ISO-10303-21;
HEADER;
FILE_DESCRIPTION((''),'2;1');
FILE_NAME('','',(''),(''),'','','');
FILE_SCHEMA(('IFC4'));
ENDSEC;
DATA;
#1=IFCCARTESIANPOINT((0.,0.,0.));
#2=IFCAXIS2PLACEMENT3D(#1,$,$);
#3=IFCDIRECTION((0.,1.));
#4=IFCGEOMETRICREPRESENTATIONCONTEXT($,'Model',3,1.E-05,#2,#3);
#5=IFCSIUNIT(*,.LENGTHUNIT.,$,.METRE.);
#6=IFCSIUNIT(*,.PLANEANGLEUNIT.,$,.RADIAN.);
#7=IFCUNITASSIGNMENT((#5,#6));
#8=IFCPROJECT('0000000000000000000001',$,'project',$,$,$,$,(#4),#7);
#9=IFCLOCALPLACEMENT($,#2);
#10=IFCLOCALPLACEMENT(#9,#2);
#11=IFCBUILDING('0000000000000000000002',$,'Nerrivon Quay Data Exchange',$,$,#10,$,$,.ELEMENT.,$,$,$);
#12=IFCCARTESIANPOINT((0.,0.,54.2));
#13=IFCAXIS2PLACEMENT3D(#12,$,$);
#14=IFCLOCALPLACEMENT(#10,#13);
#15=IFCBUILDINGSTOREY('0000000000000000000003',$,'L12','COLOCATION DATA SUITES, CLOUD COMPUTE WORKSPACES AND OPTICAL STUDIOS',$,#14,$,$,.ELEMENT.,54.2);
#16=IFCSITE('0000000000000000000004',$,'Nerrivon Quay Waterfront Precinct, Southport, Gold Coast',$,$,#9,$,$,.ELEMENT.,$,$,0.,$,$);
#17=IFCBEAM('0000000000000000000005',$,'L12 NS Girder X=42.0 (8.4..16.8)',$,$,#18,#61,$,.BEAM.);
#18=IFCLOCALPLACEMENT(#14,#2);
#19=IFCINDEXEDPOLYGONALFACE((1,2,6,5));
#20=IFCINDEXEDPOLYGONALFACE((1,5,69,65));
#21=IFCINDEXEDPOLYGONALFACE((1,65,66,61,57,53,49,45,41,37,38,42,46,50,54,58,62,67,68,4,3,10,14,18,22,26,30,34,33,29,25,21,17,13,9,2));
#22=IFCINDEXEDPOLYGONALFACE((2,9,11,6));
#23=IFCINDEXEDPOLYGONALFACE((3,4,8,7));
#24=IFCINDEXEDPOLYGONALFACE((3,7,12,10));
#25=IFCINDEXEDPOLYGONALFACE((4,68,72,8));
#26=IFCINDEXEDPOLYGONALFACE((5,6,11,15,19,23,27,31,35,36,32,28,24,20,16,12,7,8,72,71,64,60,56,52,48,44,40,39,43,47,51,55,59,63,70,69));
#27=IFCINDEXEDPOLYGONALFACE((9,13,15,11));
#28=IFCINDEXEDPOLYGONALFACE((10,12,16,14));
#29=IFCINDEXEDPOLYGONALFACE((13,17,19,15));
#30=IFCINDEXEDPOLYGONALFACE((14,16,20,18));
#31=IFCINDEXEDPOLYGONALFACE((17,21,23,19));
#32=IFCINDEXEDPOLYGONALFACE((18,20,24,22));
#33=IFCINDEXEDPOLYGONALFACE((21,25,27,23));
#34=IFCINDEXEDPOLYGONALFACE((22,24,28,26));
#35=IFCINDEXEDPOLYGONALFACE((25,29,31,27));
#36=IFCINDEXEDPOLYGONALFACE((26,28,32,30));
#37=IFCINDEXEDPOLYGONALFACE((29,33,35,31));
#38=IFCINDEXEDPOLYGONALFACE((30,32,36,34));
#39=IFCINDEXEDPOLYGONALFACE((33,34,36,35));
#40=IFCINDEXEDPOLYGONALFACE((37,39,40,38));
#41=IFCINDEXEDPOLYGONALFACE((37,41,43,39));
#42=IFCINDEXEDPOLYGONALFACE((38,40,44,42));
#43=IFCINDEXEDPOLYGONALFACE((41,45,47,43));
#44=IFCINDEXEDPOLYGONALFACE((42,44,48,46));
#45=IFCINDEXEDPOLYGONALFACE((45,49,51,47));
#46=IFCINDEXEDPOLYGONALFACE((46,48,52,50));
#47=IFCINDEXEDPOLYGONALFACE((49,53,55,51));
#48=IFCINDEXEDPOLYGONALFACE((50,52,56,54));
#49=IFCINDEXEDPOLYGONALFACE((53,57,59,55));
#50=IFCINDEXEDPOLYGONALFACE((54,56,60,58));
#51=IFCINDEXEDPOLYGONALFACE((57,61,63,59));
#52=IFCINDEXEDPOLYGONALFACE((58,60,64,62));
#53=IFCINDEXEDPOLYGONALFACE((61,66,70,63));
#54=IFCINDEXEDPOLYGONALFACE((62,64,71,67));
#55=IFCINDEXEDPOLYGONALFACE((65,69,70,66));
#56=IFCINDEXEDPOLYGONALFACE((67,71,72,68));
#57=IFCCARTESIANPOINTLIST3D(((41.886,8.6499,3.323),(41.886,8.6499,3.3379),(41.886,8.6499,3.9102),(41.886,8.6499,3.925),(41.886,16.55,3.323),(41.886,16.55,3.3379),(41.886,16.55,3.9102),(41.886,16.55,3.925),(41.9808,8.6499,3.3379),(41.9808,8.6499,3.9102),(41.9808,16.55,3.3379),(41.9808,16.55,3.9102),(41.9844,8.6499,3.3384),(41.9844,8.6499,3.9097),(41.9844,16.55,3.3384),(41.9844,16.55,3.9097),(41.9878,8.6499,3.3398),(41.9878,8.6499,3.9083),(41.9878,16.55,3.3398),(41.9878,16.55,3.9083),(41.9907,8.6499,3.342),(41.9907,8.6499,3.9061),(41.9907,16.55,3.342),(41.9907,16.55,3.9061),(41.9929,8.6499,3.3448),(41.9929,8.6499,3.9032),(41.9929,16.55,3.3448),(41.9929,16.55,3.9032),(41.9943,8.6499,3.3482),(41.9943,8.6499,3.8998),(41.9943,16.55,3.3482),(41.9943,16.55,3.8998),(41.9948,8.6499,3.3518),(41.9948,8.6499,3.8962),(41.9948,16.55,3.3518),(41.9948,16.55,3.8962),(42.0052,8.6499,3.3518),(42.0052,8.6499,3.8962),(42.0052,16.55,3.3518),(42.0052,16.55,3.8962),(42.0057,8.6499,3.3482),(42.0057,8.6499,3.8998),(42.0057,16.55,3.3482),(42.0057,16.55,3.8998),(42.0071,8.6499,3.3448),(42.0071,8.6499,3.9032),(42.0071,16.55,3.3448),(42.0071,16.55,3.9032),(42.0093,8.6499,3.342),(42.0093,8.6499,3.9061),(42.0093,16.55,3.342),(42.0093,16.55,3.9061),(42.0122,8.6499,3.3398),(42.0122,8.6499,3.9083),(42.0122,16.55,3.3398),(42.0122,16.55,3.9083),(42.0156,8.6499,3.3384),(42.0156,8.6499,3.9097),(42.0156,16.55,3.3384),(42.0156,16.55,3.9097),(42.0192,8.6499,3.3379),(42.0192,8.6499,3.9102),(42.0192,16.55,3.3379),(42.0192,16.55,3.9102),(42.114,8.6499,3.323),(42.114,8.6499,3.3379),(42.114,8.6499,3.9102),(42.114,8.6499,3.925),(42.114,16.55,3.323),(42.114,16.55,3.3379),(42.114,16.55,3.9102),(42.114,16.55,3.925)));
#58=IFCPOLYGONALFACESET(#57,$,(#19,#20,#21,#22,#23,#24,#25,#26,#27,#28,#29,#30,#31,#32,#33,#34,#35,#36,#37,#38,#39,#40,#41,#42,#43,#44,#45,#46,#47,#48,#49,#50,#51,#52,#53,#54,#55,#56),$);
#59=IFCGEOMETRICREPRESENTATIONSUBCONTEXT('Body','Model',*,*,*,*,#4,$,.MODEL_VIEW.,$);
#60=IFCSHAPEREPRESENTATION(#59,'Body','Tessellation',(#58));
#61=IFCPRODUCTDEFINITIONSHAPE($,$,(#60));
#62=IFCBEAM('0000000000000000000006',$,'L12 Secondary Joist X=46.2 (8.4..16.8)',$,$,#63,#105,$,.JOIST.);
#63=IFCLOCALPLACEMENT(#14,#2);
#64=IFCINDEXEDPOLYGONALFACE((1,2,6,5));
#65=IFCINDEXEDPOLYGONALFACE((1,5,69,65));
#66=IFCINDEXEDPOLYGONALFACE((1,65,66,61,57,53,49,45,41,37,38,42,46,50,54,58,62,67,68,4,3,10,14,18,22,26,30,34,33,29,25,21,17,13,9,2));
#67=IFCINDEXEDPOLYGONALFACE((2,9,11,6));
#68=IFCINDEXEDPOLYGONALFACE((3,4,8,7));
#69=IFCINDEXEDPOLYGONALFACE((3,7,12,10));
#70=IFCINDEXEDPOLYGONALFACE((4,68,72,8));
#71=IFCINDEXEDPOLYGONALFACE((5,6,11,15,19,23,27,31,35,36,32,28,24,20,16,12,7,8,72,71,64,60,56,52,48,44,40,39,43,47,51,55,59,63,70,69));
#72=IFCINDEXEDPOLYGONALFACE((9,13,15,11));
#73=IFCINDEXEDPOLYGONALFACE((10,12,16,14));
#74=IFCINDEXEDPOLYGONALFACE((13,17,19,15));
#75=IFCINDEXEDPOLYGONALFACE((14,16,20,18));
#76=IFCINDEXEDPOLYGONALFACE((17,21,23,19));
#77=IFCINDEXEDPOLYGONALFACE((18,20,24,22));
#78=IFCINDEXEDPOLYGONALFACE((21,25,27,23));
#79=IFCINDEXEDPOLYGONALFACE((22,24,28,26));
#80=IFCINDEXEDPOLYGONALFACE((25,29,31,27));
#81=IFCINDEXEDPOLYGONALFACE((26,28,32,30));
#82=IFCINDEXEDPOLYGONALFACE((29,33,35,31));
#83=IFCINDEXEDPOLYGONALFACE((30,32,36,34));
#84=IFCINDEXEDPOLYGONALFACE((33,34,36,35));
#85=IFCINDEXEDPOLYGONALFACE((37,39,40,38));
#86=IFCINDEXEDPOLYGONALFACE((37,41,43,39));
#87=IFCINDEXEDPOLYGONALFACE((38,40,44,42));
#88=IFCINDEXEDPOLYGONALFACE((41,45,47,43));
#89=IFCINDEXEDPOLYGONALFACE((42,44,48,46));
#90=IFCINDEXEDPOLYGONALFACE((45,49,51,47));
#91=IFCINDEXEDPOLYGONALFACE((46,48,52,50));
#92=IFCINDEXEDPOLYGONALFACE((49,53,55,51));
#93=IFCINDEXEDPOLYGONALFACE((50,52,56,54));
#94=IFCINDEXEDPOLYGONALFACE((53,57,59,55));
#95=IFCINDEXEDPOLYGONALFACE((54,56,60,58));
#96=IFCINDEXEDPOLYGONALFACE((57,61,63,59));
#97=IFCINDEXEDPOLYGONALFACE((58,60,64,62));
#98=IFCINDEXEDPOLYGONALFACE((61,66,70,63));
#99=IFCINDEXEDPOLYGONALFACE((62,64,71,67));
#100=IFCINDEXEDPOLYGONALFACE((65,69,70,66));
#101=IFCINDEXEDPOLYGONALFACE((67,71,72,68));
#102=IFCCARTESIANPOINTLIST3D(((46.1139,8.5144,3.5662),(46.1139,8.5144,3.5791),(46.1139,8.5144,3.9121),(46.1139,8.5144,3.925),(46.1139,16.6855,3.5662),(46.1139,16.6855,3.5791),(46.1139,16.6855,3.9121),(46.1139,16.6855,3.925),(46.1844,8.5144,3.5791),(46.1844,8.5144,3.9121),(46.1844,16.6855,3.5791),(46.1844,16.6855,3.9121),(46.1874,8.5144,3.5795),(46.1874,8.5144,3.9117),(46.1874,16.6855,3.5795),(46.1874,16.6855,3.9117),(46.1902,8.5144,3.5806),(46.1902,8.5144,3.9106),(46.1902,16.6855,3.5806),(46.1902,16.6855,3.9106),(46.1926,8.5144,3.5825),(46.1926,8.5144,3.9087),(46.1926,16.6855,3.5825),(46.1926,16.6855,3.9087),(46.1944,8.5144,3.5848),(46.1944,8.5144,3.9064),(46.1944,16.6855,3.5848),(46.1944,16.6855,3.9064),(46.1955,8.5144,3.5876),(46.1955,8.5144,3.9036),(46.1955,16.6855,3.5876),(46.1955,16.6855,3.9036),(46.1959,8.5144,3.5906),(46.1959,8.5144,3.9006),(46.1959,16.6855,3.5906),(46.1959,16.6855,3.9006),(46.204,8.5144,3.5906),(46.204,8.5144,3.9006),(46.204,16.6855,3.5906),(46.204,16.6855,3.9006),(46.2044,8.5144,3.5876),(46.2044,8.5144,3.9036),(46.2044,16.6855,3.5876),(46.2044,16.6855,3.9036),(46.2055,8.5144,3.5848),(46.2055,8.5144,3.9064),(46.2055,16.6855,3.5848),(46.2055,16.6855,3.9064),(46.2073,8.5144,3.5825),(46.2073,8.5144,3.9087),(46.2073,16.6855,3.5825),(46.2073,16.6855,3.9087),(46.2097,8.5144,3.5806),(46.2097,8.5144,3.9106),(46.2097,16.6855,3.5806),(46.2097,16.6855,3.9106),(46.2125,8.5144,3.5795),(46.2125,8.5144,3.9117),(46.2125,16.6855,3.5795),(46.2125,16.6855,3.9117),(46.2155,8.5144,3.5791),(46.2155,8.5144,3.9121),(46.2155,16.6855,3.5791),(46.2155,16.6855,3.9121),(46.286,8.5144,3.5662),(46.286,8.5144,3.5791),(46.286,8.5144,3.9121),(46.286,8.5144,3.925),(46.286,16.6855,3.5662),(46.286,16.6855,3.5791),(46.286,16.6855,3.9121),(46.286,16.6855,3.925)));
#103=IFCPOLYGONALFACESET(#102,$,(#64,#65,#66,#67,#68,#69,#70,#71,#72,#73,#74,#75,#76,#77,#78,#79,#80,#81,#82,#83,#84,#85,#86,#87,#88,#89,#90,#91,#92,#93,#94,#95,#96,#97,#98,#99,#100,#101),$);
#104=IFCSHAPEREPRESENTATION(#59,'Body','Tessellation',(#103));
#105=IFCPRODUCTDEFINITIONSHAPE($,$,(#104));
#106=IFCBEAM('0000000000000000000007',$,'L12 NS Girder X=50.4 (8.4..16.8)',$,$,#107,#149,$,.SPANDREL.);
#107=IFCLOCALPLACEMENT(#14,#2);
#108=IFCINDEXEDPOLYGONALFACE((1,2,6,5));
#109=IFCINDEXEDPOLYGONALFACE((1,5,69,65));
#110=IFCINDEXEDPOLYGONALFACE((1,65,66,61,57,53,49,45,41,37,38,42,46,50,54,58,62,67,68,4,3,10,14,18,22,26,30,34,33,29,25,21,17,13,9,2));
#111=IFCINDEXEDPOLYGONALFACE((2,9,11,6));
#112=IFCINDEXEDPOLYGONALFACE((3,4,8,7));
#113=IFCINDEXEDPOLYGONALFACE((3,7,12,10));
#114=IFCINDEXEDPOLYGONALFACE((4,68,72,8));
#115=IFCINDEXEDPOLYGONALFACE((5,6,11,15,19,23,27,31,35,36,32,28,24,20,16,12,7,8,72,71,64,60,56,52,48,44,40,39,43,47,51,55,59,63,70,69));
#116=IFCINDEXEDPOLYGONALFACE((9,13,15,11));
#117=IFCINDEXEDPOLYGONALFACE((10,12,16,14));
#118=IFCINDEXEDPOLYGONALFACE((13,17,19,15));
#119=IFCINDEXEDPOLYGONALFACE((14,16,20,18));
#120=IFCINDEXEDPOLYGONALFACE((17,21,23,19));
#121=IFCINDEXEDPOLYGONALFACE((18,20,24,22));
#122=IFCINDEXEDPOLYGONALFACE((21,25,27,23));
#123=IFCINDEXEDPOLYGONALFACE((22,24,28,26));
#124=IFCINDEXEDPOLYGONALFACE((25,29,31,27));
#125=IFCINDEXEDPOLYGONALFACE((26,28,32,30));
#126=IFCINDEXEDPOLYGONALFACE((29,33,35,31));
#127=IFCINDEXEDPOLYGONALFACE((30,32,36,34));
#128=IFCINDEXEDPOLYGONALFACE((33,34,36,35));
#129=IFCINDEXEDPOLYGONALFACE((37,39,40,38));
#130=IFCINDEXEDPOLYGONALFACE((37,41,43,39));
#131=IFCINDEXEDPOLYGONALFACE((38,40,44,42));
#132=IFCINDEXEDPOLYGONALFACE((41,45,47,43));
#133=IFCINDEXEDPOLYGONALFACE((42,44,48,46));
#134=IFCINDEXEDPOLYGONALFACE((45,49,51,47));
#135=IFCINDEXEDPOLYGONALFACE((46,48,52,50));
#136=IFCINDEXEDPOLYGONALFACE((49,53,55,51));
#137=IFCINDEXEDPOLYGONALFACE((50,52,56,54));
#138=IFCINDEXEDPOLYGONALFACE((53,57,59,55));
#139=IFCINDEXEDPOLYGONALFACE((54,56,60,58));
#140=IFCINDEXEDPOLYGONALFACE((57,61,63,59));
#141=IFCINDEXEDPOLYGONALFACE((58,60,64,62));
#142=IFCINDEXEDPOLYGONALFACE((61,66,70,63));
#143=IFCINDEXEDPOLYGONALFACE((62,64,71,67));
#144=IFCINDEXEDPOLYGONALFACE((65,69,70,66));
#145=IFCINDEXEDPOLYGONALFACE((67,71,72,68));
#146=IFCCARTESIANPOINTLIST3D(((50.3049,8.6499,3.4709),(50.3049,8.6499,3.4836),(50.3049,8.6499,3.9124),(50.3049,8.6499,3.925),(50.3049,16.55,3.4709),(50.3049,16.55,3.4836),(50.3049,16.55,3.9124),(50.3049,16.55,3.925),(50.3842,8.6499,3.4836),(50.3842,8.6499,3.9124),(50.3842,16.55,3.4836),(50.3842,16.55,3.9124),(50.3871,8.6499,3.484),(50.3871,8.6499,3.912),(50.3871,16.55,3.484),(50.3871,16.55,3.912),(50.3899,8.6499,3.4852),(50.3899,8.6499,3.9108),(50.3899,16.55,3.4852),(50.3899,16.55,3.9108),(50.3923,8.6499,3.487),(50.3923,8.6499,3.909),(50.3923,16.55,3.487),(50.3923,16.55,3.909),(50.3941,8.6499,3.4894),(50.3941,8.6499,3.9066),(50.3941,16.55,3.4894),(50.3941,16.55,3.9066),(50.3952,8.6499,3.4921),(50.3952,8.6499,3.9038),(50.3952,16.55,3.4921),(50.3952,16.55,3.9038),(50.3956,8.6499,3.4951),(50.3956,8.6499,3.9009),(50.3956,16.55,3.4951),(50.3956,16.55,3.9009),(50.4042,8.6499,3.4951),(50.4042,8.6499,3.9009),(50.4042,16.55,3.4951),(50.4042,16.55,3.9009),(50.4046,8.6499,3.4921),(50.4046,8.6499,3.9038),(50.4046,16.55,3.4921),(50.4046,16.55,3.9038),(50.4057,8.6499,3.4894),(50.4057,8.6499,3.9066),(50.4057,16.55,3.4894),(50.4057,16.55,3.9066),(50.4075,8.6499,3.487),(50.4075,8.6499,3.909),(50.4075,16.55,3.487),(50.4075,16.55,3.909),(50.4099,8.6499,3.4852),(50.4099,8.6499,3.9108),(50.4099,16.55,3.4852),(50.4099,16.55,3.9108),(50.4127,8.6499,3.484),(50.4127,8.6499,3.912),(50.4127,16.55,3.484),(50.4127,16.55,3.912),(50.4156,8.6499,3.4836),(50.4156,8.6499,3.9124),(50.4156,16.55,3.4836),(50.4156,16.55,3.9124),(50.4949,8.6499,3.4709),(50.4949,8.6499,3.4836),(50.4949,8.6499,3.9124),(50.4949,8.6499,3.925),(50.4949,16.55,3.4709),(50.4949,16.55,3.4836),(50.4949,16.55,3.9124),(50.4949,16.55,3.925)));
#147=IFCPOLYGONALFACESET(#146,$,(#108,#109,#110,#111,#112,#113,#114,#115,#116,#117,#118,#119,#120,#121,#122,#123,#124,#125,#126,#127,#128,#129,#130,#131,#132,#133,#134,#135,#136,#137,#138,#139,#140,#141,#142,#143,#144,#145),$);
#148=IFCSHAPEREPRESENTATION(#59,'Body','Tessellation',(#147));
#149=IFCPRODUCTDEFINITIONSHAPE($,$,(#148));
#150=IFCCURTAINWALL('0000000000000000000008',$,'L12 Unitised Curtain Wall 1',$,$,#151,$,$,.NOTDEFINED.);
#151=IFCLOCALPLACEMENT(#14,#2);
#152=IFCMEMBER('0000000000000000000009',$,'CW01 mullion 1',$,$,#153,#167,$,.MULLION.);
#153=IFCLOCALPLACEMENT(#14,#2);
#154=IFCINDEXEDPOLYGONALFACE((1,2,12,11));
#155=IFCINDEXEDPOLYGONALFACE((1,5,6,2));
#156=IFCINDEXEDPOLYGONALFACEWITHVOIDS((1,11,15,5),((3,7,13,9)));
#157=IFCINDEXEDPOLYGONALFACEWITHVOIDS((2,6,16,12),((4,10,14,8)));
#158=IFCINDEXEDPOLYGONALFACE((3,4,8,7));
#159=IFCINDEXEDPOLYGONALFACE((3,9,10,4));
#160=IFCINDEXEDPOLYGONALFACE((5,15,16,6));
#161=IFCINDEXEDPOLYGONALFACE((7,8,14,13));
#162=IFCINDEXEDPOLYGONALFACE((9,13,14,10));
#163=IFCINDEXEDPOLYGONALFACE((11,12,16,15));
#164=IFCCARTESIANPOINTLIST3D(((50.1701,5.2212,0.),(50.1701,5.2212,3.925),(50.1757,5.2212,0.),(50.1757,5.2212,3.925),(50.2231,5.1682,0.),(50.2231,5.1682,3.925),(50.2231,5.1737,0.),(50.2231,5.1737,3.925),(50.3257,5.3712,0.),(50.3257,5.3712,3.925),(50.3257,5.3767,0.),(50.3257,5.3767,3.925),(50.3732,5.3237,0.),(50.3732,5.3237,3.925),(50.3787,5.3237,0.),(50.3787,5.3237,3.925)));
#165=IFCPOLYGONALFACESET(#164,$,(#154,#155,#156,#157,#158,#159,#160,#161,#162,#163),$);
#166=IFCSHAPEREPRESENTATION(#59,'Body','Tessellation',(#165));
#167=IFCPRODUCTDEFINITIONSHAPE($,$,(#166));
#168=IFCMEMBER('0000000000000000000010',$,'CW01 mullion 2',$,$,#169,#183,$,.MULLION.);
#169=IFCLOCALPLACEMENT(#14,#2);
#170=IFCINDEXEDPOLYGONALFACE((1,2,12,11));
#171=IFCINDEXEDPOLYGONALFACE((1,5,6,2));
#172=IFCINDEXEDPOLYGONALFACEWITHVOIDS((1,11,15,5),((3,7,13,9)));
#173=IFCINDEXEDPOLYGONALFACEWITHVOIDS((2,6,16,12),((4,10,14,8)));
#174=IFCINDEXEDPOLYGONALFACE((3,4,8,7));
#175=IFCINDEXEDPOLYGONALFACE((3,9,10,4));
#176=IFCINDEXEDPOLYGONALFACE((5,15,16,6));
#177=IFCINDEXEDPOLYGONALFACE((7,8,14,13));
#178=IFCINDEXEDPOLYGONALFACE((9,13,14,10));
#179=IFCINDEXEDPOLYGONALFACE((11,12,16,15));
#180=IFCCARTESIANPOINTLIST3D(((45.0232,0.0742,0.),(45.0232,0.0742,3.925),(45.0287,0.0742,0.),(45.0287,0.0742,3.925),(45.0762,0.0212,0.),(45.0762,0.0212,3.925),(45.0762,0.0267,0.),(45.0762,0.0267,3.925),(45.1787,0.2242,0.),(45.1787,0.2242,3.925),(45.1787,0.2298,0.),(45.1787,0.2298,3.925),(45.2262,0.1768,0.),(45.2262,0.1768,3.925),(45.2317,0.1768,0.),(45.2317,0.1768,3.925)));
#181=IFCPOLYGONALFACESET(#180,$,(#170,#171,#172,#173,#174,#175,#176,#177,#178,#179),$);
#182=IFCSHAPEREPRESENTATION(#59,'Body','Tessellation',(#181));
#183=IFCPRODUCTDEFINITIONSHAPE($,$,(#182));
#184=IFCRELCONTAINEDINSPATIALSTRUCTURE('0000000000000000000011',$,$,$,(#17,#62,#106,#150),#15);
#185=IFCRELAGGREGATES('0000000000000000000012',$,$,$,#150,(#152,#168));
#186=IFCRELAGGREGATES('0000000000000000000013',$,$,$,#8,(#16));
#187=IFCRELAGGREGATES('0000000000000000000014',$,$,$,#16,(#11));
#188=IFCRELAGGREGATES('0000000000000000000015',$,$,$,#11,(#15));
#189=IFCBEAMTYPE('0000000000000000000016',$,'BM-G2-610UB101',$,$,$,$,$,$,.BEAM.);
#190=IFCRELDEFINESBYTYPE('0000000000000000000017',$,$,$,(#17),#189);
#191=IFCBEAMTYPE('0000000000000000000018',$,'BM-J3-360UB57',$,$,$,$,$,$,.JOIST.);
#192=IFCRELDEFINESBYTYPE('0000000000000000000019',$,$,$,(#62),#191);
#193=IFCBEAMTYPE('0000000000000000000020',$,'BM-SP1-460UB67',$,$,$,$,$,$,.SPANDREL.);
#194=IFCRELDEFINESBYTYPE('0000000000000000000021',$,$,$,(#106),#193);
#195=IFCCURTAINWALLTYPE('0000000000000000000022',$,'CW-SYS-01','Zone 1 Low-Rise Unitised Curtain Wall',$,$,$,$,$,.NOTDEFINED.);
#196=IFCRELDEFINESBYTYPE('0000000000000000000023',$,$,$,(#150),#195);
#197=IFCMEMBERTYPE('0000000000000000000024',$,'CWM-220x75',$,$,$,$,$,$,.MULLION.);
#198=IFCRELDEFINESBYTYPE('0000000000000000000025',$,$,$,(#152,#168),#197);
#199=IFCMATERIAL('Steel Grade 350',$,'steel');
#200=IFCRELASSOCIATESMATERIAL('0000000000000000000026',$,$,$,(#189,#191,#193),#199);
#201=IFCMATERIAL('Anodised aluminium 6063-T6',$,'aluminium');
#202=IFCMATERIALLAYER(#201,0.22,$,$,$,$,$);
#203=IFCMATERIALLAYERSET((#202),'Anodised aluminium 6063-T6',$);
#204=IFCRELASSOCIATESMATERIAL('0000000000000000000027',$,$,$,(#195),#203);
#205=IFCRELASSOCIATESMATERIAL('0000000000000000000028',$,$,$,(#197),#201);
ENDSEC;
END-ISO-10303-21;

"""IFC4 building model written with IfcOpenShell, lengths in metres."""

from ifc_helpers import new_model, si_unit, direction, frame, origin, origin_2d, place, context, subcontext, project, spatial, hollow_rectangle, i_section, extrude, material, layer, layer_set, material_profile, profile_set, type_object, element, aggregate, save


model = new_model("IFC4")

# Units and contexts
model_context = context("Model", 3, precision=1e-05, world=origin(), true_north=direction((0.0, 1.0)))
body_context = subcontext(model_context, "Body", "Model", "MODEL_VIEW")
ifc_project = project(units=[si_unit("LENGTHUNIT", "METRE"), si_unit("PLANEANGLEUNIT", "RADIAN")], contexts=[model_context])

# Site, building, storey
site_placement = place(None, origin())
site = spatial("IfcSite", under=ifc_project, at=site_placement, Name="Nerrivon Quay Waterfront Precinct, Southport, Gold Coast", CompositionType="ELEMENT", RefElevation=0.0)
building_placement = place(site_placement, origin())
building = spatial("IfcBuilding", under=site, at=building_placement, Name="Nerrivon Quay Data Exchange", CompositionType="ELEMENT")
storey_placement = place(building_placement, frame((0.0, 0.0, 54.2)))
storey = spatial("IfcBuildingStorey", under=building, at=storey_placement, Name="L12", Description="COLOCATION DATA SUITES, CLOUD COMPUTE WORKSPACES AND OPTICAL STUDIOS", CompositionType="ELEMENT", Elevation=54.2)

# Shared definitions
ifc_material_1 = material(Name="Steel Grade 350", Category="steel")

# Beams
ifc_material_profile_1 = material_profile(ifc_material_1, i_section(OverallWidth=0.228, OverallDepth=0.6021, WebThickness=0.0105, FlangeThickness=0.0149, FilletRadius=0.0139, at=origin_2d()), Name="610UB101")
ifc_profile_set_1 = profile_set([ifc_material_profile_1], Name="Steel Grade 350")
beam_type_1 = type_object("IfcBeamType", Name="BM-G2-610UB101", PredefinedType="BEAM", material=ifc_profile_set_1)
beam_1_placement = place(storey_placement, frame((42.0, 8.6499, 3.624), z_axis=(0.0, 1.0, 0.0), x_axis=(-1.0, 0.0, 0.0)))
element("IfcBeam", 1, at=beam_1_placement, inside=storey, type_object=beam_type_1, Name="L12 NS Girder X=42.0 (8.4..16.8)", PredefinedType="BEAM", context=body_context, shape_type="SweptSolid", body=[
    extrude(i_section(OverallWidth=0.228, OverallDepth=0.6021, WebThickness=0.0105, FlangeThickness=0.0149, FilletRadius=0.0139, at=origin_2d()), origin(), (0.0, 0.0, 1.0), 7.9001),
])
ifc_material_profile_2 = material_profile(ifc_material_1, i_section(OverallWidth=0.1721, OverallDepth=0.3589, WebThickness=0.0081, FlangeThickness=0.0129, FilletRadius=0.0115, at=origin_2d()), Name="360UB56.7")
ifc_profile_set_2 = profile_set([ifc_material_profile_2], Name="Steel Grade 350")
beam_type_2 = type_object("IfcBeamType", Name="BM-J3-360UB57", PredefinedType="JOIST", material=ifc_profile_set_2)
beam_2_placement = place(storey_placement, frame((46.2, 8.5144, 3.7456), z_axis=(0.0, 1.0, 0.0), x_axis=(-1.0, 0.0, 0.0)))
element("IfcBeam", 2, at=beam_2_placement, inside=storey, type_object=beam_type_2, Name="L12 Secondary Joist X=46.2 (8.4..16.8)", PredefinedType="JOIST", context=body_context, shape_type="SweptSolid", body=[
    extrude(i_section(OverallWidth=0.1721, OverallDepth=0.3589, WebThickness=0.0081, FlangeThickness=0.0129, FilletRadius=0.0115, at=origin_2d()), origin(), (0.0, 0.0, 1.0), 8.1711),
])
ifc_material_profile_3 = material_profile(ifc_material_1, i_section(OverallWidth=0.1899, OverallDepth=0.4541, WebThickness=0.0085, FlangeThickness=0.0127, FilletRadius=0.0115, at=origin_2d()), Name="460UB67.1")
ifc_profile_set_3 = profile_set([ifc_material_profile_3], Name="Steel Grade 350")
beam_type_3 = type_object("IfcBeamType", Name="BM-SP1-460UB67", PredefinedType="SPANDREL", material=ifc_profile_set_3)
beam_3_placement = place(storey_placement, frame((50.3999, 8.6499, 3.698), z_axis=(0.0, 1.0, 0.0), x_axis=(-1.0, 0.0, 0.0)))
element("IfcBeam", 3, at=beam_3_placement, inside=storey, type_object=beam_type_3, Name="L12 NS Girder X=50.4 (8.4..16.8)", PredefinedType="SPANDREL", context=body_context, shape_type="SweptSolid", body=[
    extrude(i_section(OverallWidth=0.1899, OverallDepth=0.4541, WebThickness=0.0085, FlangeThickness=0.0127, FilletRadius=0.0115, at=origin_2d()), origin(), (0.0, 0.0, 1.0), 7.9001),
])

# Curtain wall, members
ifc_material_2 = material(Name="Anodised aluminium 6063-T6", Category="aluminium")
ifc_layer_1 = layer(ifc_material_2, 0.22)
ifc_layer_set_1 = layer_set([ifc_layer_1], Name="Anodised aluminium 6063-T6")
curtain_wall_type = type_object("IfcCurtainWallType", Name="CW-SYS-01", Description="Zone 1 Low-Rise Unitised Curtain Wall", PredefinedType="NOTDEFINED", material=ifc_layer_set_1)
curtain_wall_1_placement = place(storey_placement, origin())
curtain_wall_1 = element("IfcCurtainWall", 4, at=curtain_wall_1_placement, inside=storey, type_object=curtain_wall_type, Name="L12 Unitised Curtain Wall 1", PredefinedType="NOTDEFINED")
ifc_material_profile_4 = material_profile(ifc_material_2, hollow_rectangle(XDim=0.075, YDim=0.22, WallThickness=0.0039, at=origin_2d()), Name="ALU-MULL-220x75")
ifc_profile_set_4 = profile_set([ifc_material_profile_4], Name="Anodised aluminium 6063-T6")
member_type_1 = type_object("IfcMemberType", Name="CWM-220x75", PredefinedType="MULLION", material=ifc_profile_set_4)
member_1_placement = place(storey_placement, frame((50.2744, 5.2725, 0.0), z_axis=(0.0, 0.0, 1.0), x_axis=(0.707107, -0.707107, 0.0)))
member_1 = element("IfcMember", 5, at=member_1_placement, type_object=member_type_1, Name="CW01 mullion 1", PredefinedType="MULLION", context=body_context, shape_type="SweptSolid", body=[
    extrude(hollow_rectangle(XDim=0.075, YDim=0.22, WallThickness=0.0039, at=origin_2d()), origin(), (0.0, 0.0, 1.0), 3.925),
])
member_2_placement = place(storey_placement, frame((45.1274, 0.1255, 0.0), z_axis=(0.0, 0.0, 1.0), x_axis=(0.707107, -0.707107, 0.0)))
member_2 = element("IfcMember", 6, at=member_2_placement, type_object=member_type_1, Name="CW01 mullion 2", PredefinedType="MULLION", context=body_context, shape_type="SweptSolid", body=[
    extrude(hollow_rectangle(XDim=0.075, YDim=0.22, WallThickness=0.0039, at=origin_2d()), origin(), (0.0, 0.0, 1.0), 3.925),
])

aggregate(curtain_wall_1, [member_1, member_2])

save(model, "model.ifc")
